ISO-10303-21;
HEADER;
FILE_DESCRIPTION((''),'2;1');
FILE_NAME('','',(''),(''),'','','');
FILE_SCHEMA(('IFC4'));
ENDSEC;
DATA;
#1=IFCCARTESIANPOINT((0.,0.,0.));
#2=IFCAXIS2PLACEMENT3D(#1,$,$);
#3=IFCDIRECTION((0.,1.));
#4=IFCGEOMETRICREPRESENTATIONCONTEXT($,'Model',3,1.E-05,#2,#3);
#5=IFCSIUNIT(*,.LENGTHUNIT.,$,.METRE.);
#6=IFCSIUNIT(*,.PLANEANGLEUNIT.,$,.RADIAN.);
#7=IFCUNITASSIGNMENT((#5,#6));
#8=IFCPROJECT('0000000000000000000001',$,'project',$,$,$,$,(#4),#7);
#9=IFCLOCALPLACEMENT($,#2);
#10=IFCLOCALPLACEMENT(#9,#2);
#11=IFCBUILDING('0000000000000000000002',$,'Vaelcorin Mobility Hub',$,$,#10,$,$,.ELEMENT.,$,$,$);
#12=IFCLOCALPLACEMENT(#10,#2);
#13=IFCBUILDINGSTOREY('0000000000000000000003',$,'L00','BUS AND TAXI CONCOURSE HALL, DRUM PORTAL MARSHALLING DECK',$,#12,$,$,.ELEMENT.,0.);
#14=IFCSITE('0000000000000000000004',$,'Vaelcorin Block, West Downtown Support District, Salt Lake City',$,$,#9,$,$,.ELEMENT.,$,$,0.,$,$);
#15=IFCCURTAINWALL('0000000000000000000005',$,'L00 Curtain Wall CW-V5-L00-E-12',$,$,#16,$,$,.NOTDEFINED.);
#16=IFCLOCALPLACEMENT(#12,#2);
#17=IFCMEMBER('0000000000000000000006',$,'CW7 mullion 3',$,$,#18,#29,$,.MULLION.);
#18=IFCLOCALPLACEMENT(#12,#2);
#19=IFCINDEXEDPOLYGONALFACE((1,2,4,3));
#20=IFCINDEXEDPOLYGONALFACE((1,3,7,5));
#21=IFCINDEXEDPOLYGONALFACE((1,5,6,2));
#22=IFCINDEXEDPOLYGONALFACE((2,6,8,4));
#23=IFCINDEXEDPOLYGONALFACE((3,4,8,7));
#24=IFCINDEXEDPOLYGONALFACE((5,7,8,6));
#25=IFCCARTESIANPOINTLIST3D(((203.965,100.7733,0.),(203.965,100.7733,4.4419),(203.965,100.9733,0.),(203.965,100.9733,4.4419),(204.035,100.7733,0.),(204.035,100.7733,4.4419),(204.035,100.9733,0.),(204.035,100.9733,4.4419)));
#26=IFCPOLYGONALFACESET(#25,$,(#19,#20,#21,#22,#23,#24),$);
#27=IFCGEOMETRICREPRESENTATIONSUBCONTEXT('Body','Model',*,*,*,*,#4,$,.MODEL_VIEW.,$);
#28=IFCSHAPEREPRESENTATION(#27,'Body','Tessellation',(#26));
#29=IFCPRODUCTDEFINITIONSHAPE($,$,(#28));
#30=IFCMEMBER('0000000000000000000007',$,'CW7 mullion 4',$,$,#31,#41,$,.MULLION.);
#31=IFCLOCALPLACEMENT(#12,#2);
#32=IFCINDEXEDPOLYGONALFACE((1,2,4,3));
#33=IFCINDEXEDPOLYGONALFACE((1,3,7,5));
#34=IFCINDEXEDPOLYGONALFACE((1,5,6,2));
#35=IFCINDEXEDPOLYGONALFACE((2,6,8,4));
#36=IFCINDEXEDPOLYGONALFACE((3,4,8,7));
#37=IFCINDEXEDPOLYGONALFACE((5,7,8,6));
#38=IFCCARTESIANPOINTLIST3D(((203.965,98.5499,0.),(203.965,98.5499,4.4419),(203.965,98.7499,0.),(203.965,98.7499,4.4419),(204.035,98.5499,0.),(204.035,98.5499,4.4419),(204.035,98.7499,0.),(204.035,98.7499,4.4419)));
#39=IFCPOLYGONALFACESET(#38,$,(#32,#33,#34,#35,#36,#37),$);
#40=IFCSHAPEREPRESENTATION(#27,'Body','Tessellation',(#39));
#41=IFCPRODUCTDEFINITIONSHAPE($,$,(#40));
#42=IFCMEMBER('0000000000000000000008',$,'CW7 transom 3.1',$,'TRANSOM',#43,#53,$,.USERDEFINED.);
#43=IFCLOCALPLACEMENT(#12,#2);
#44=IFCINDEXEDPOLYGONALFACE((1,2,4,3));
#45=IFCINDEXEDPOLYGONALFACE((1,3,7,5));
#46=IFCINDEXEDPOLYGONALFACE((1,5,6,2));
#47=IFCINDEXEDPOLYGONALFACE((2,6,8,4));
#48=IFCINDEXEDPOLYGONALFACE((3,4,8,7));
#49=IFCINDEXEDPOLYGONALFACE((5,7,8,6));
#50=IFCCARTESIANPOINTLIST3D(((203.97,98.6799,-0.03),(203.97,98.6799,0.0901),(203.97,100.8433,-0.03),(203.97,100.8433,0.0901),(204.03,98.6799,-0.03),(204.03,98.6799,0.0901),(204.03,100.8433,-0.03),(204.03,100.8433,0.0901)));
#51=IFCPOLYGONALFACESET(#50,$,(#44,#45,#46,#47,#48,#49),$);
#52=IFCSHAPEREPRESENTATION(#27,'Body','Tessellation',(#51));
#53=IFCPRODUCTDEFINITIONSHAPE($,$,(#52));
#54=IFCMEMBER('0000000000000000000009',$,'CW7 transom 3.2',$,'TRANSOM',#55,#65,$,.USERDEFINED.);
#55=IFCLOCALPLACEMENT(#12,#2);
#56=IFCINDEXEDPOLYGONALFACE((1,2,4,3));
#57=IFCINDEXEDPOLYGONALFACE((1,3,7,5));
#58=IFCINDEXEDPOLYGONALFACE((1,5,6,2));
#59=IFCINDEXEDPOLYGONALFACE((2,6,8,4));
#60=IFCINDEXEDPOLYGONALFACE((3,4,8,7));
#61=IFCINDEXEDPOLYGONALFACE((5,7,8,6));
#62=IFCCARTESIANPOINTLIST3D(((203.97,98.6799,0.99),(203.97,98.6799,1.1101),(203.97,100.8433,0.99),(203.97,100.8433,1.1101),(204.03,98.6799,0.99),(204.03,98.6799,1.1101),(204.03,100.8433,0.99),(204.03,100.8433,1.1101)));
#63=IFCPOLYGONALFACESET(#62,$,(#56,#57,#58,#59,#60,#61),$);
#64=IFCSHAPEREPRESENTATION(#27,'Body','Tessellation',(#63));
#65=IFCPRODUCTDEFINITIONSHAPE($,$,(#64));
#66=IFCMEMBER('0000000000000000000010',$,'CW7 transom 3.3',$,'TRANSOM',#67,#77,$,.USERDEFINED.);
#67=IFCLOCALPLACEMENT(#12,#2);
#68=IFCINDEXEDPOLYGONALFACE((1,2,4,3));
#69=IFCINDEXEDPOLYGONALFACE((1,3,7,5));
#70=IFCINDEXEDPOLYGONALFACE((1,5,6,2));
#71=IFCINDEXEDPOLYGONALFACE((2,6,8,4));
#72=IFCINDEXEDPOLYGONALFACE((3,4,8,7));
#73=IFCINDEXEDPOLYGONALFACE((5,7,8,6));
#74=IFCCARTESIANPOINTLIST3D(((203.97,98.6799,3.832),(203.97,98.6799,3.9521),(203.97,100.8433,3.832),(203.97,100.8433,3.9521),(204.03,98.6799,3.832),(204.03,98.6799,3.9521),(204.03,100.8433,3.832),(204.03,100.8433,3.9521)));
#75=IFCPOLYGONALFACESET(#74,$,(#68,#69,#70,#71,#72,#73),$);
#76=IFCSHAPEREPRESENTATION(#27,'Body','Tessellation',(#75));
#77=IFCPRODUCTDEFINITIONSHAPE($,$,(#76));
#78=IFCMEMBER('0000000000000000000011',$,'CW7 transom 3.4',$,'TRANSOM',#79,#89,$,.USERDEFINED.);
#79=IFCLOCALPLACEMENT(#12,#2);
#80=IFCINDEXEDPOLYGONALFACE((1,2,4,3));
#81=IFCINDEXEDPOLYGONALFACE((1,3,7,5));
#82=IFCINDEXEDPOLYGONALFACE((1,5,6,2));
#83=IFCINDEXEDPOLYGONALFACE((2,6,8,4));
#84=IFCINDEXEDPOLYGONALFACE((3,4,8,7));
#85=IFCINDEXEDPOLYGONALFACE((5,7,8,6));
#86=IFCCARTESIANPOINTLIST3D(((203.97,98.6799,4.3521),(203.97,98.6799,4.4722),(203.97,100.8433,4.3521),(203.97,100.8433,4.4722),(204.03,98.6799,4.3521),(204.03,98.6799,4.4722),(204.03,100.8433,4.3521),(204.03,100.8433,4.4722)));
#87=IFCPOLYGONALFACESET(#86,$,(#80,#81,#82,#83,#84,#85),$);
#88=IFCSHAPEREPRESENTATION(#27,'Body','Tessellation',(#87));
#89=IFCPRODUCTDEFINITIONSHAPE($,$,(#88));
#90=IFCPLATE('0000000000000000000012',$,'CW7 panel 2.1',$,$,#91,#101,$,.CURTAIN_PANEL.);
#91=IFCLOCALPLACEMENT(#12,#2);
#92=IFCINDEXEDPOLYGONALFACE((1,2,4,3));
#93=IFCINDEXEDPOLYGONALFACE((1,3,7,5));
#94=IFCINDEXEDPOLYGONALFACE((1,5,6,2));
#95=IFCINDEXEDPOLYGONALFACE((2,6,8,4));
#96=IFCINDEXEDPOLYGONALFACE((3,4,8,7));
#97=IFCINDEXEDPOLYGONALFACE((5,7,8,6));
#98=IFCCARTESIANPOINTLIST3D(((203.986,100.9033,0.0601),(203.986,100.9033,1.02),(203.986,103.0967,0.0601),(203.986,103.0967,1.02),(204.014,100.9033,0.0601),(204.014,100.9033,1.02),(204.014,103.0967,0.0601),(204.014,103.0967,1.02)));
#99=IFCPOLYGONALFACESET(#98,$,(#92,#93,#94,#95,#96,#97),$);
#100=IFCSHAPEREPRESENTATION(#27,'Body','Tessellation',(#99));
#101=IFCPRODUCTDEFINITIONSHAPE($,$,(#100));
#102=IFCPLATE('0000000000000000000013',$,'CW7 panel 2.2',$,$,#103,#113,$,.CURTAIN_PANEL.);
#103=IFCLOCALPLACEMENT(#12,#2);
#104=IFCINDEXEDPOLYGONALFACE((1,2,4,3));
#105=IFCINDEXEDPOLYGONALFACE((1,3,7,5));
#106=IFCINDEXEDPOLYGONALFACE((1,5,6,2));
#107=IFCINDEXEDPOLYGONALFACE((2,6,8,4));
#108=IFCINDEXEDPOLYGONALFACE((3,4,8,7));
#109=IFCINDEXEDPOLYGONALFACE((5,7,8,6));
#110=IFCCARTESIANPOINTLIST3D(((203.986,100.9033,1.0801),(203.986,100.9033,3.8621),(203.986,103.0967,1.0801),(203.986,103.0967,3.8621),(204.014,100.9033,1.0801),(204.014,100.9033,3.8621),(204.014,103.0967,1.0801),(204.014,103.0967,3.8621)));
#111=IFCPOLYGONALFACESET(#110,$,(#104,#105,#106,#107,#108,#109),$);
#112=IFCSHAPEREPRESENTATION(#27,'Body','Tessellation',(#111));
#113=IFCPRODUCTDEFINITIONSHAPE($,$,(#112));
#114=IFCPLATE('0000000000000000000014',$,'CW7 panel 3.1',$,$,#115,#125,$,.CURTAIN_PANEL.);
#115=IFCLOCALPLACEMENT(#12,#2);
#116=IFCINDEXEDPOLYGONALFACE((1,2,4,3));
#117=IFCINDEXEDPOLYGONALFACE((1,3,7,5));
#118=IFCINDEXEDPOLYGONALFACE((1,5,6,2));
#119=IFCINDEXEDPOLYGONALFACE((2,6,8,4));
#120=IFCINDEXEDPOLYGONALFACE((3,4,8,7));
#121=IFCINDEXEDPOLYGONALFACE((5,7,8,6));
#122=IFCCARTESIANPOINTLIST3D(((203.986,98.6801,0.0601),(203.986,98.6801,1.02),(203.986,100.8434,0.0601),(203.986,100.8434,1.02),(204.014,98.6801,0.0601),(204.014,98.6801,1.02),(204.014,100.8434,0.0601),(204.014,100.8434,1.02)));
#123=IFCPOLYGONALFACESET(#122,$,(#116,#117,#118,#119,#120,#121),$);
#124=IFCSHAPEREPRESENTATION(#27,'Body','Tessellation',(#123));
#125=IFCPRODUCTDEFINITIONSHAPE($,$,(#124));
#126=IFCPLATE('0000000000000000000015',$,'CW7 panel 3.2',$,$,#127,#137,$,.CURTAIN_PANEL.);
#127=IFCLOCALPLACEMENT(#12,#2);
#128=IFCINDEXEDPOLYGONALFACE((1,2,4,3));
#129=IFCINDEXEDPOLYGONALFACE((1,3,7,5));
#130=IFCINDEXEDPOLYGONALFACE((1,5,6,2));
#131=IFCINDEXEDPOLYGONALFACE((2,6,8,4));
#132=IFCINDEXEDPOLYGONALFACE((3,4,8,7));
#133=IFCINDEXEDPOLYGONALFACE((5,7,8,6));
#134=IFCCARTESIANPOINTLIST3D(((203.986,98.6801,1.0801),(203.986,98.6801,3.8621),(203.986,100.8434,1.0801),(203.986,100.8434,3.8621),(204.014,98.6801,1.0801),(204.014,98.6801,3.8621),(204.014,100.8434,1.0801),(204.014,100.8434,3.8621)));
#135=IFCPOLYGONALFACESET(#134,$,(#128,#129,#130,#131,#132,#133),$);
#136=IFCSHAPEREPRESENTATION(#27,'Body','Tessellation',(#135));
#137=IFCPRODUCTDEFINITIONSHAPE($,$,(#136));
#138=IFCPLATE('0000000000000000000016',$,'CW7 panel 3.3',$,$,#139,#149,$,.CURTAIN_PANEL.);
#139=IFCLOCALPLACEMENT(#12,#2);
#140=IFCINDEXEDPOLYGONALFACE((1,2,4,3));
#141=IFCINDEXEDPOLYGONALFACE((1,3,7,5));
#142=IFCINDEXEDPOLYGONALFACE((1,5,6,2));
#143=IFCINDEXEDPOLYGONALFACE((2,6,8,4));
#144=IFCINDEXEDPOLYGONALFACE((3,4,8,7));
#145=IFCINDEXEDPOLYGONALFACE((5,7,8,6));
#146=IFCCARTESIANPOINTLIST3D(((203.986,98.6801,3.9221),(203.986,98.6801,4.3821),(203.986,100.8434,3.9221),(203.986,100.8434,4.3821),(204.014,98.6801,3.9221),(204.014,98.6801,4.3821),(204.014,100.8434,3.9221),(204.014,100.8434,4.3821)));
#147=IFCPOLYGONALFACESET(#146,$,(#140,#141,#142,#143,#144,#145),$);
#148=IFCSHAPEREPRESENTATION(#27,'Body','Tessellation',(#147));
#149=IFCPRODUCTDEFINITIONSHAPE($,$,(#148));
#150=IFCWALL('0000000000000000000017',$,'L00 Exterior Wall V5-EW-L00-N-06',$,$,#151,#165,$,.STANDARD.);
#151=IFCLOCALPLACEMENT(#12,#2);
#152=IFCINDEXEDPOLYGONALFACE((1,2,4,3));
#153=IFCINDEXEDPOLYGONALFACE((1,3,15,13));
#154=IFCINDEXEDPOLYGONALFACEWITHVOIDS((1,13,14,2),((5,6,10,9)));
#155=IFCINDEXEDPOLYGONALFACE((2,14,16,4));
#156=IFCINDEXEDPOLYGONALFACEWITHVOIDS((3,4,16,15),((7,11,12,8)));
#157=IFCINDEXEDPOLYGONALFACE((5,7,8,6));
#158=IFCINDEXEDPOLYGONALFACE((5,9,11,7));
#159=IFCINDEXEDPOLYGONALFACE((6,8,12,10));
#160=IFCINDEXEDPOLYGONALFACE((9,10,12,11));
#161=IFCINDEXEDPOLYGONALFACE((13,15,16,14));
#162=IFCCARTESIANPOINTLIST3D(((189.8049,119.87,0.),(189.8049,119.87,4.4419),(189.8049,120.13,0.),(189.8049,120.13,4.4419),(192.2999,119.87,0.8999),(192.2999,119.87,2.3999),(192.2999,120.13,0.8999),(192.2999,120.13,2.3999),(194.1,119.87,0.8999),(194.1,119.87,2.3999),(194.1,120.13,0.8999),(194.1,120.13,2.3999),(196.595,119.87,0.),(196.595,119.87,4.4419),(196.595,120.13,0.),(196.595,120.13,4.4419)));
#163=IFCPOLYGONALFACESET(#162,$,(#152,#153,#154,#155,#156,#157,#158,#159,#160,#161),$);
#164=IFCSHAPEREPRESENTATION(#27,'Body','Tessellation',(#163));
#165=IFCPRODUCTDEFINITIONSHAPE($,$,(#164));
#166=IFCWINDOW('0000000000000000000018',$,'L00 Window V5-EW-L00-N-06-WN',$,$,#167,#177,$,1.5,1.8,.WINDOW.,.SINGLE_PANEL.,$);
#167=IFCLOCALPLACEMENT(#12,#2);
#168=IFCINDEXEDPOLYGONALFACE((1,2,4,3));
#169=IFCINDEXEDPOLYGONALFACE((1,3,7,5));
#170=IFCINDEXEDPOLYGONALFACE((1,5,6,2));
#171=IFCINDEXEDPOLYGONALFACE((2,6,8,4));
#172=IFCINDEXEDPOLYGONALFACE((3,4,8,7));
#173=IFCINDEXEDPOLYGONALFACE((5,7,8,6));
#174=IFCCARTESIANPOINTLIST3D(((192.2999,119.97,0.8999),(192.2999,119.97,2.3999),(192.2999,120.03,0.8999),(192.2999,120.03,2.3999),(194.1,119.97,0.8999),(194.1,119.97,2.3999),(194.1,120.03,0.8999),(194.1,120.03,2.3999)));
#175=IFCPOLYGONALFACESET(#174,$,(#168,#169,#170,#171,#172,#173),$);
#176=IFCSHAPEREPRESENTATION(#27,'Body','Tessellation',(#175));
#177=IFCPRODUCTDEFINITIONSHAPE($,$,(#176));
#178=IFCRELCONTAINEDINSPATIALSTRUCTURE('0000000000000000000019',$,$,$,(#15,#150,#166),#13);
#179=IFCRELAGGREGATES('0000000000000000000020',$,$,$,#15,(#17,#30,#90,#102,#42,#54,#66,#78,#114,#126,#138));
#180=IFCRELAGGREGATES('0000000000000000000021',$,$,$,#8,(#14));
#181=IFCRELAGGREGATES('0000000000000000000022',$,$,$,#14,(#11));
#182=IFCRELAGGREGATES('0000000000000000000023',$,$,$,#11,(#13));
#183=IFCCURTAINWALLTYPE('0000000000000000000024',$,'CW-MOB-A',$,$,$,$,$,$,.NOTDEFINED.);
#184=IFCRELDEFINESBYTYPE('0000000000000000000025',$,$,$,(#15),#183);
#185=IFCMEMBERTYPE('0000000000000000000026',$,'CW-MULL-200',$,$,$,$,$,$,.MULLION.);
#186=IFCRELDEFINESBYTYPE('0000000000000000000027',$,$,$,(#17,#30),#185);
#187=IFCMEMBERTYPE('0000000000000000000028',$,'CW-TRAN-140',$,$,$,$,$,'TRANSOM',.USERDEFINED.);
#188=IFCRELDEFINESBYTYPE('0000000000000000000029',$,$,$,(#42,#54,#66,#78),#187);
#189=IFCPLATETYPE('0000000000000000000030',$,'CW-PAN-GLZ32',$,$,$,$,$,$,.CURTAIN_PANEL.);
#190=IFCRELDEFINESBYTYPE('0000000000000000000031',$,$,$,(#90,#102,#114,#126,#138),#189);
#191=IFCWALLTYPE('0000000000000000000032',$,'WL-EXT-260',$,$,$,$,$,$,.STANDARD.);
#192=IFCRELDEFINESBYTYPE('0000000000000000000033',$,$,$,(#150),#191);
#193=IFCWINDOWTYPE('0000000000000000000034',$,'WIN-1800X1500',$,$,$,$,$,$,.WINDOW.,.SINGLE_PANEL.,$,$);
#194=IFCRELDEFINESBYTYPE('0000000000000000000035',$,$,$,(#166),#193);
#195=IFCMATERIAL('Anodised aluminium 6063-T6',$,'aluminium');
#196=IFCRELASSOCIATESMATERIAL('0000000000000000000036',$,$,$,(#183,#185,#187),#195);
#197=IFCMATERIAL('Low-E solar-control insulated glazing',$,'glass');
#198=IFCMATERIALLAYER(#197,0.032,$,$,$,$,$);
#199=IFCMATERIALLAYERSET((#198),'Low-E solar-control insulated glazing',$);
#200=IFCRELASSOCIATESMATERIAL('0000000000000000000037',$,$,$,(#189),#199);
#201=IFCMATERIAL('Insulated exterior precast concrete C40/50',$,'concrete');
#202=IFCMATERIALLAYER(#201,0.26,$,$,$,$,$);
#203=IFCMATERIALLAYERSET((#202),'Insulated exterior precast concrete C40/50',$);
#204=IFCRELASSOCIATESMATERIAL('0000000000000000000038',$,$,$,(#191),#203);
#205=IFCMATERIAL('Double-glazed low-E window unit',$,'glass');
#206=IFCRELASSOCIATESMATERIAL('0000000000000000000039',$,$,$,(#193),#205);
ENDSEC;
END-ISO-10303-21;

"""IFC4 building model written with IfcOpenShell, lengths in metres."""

from ifc_helpers import new_model, si_unit, direction, frame, frame_2d, origin, origin_2d, place, context, subcontext, project, spatial, rectangle, extrude, material, layer, layer_set, material_profile, profile_set, type_object, element, fill, aggregate, save


model = new_model("IFC4")

# Units and contexts
model_context = context("Model", 3, precision=1e-05, world=origin(), true_north=direction((0.0, 1.0)))
body_context = subcontext(model_context, "Body", "Model", "MODEL_VIEW")
ifc_project = project(units=[si_unit("LENGTHUNIT", "METRE"), si_unit("PLANEANGLEUNIT", "RADIAN")], contexts=[model_context])

# Site, building, storey
site_placement = place(None, origin())
site = spatial("IfcSite", under=ifc_project, at=site_placement, Name="Vaelcorin Block, West Downtown Support District, Salt Lake City", CompositionType="ELEMENT", RefElevation=0.0)
building_placement = place(site_placement, origin())
building = spatial("IfcBuilding", under=site, at=building_placement, Name="Vaelcorin Mobility Hub", CompositionType="ELEMENT")
storey_placement = place(building_placement, origin())
storey = spatial("IfcBuildingStorey", under=building, at=storey_placement, Name="L00", Description="BUS AND TAXI CONCOURSE HALL, DRUM PORTAL MARSHALLING DECK", CompositionType="ELEMENT", Elevation=0.0)

# Curtain wall, members, plates
ifc_material_1 = material(Name="Anodised aluminium 6063-T6", Category="aluminium")
curtain_wall_type = type_object("IfcCurtainWallType", Name="CW-MOB-A", PredefinedType="NOTDEFINED", material=ifc_material_1)
curtain_wall_placement = place(storey_placement, origin())
curtain_wall = element("IfcCurtainWall", 1, at=curtain_wall_placement, inside=storey, type_object=curtain_wall_type, Name="L00 Curtain Wall CW-V5-L00-E-12", PredefinedType="NOTDEFINED")
ifc_material_profile_1 = material_profile(ifc_material_1, rectangle(XDim=0.0701, YDim=0.2, at=origin_2d()), Name="ALU-M70X200")
ifc_profile_set_1 = profile_set([ifc_material_profile_1], Name="Anodised aluminium 6063-T6")
member_type_1 = type_object("IfcMemberType", Name="CW-MULL-200", PredefinedType="MULLION", material=ifc_profile_set_1)
member_1_placement = place(storey_placement, frame((204.0, 100.8733, 0.0), z_axis=(0.0, 0.0, 1.0), x_axis=(1.0, 0.0, 0.0)))
member_1 = element("IfcMember", 2, at=member_1_placement, type_object=member_type_1, Name="CW7 mullion 3", PredefinedType="MULLION", context=body_context, shape_type="SweptSolid", body=[
    extrude(rectangle(XDim=0.0701, YDim=0.2, at=origin_2d()), origin(), (0.0, 0.0, 1.0), 4.4419),
])
member_2_placement = place(storey_placement, frame((204.0, 98.6499, 0.0), z_axis=(0.0, 0.0, 1.0), x_axis=(1.0, 0.0, 0.0)))
member_2 = element("IfcMember", 3, at=member_2_placement, type_object=member_type_1, Name="CW7 mullion 4", PredefinedType="MULLION", context=body_context, shape_type="SweptSolid", body=[
    extrude(rectangle(XDim=0.0701, YDim=0.2, at=origin_2d()), origin(), (0.0, 0.0, 1.0), 4.4419),
])
ifc_material_profile_2 = material_profile(ifc_material_1, rectangle(XDim=0.0601, YDim=0.1201, at=origin_2d()), Name="ALU-T60X120")
ifc_profile_set_2 = profile_set([ifc_material_profile_2], Name="Anodised aluminium 6063-T6")
member_type_2 = type_object("IfcMemberType", Name="CW-TRAN-140", ElementType="TRANSOM", PredefinedType="USERDEFINED", material=ifc_profile_set_2)
member_3_placement = place(storey_placement, frame((204.0, 100.8433, 0.03), z_axis=(0.0, -1.0, 0.0), x_axis=(1.0, 0.0, 0.0)))
member_3 = element("IfcMember", 4, at=member_3_placement, type_object=member_type_2, Name="CW7 transom 3.1", ObjectType="TRANSOM", PredefinedType="USERDEFINED", context=body_context, shape_type="SweptSolid", body=[
    extrude(rectangle(XDim=0.0601, YDim=0.1201, at=origin_2d()), origin(), (0.0, 0.0, 1.0), 2.1633),
])
member_4_placement = place(storey_placement, frame((204.0, 100.8433, 1.05), z_axis=(0.0, -1.0, 0.0), x_axis=(1.0, 0.0, 0.0)))
member_4 = element("IfcMember", 5, at=member_4_placement, type_object=member_type_2, Name="CW7 transom 3.2", ObjectType="TRANSOM", PredefinedType="USERDEFINED", context=body_context, shape_type="SweptSolid", body=[
    extrude(rectangle(XDim=0.0601, YDim=0.1201, at=origin_2d()), origin(), (0.0, 0.0, 1.0), 2.1633),
])
member_5_placement = place(storey_placement, frame((204.0, 100.8433, 3.8921), z_axis=(0.0, -1.0, 0.0), x_axis=(1.0, 0.0, 0.0)))
member_5 = element("IfcMember", 6, at=member_5_placement, type_object=member_type_2, Name="CW7 transom 3.3", ObjectType="TRANSOM", PredefinedType="USERDEFINED", context=body_context, shape_type="SweptSolid", body=[
    extrude(rectangle(XDim=0.0601, YDim=0.1201, at=origin_2d()), origin(), (0.0, 0.0, 1.0), 2.1633),
])
member_6_placement = place(storey_placement, frame((204.0, 100.8433, 4.4121), z_axis=(0.0, -1.0, 0.0), x_axis=(1.0, 0.0, 0.0)))
member_6 = element("IfcMember", 7, at=member_6_placement, type_object=member_type_2, Name="CW7 transom 3.4", ObjectType="TRANSOM", PredefinedType="USERDEFINED", context=body_context, shape_type="SweptSolid", body=[
    extrude(rectangle(XDim=0.0601, YDim=0.1201, at=origin_2d()), origin(), (0.0, 0.0, 1.0), 2.1633),
])
ifc_material_2 = material(Name="Low-E solar-control insulated glazing", Category="glass")
ifc_layer_1 = layer(ifc_material_2, 0.032)
ifc_layer_set_1 = layer_set([ifc_layer_1], Name="Low-E solar-control insulated glazing")
plate_type = type_object("IfcPlateType", Name="CW-PAN-GLZ32", PredefinedType="CURTAIN_PANEL", material=ifc_layer_set_1)
plate_1_placement = place(storey_placement, frame((204.0, 102.0, 0.0601), z_axis=(0.0, 0.0, 1.0), x_axis=(0.0, -1.0, 0.0)))
plate_1 = element("IfcPlate", 8, at=plate_1_placement, type_object=plate_type, Name="CW7 panel 2.1", PredefinedType="CURTAIN_PANEL", context=body_context, shape_type="SweptSolid", body=[
    extrude(rectangle(XDim=2.1934, YDim=0.0281, at=origin_2d()), origin(), (0.0, 0.0, 1.0), 0.96),
])
plate_2_placement = place(storey_placement, frame((204.0, 102.0, 1.0801), z_axis=(0.0, 0.0, 1.0), x_axis=(0.0, -1.0, 0.0)))
plate_2 = element("IfcPlate", 9, at=plate_2_placement, type_object=plate_type, Name="CW7 panel 2.2", PredefinedType="CURTAIN_PANEL", context=body_context, shape_type="SweptSolid", body=[
    extrude(rectangle(XDim=2.1934, YDim=0.0281, at=origin_2d()), origin(), (0.0, 0.0, 1.0), 2.782),
])
plate_3_placement = place(storey_placement, frame((204.0, 99.7617, 0.0601), z_axis=(0.0, 0.0, 1.0), x_axis=(0.0, -1.0, 0.0)))
plate_3 = element("IfcPlate", 10, at=plate_3_placement, type_object=plate_type, Name="CW7 panel 3.1", PredefinedType="CURTAIN_PANEL", context=body_context, shape_type="SweptSolid", body=[
    extrude(rectangle(XDim=2.1633, YDim=0.0281, at=origin_2d()), origin(), (0.0, 0.0, 1.0), 0.96),
])
plate_4_placement = place(storey_placement, frame((204.0, 99.7617, 1.0801), z_axis=(0.0, 0.0, 1.0), x_axis=(0.0, -1.0, 0.0)))
plate_4 = element("IfcPlate", 11, at=plate_4_placement, type_object=plate_type, Name="CW7 panel 3.2", PredefinedType="CURTAIN_PANEL", context=body_context, shape_type="SweptSolid", body=[
    extrude(rectangle(XDim=2.1633, YDim=0.0281, at=origin_2d()), origin(), (0.0, 0.0, 1.0), 2.782),
])
plate_5_placement = place(storey_placement, frame((204.0, 99.7617, 3.9221), z_axis=(0.0, 0.0, 1.0), x_axis=(0.0, -1.0, 0.0)))
plate_5 = element("IfcPlate", 12, at=plate_5_placement, type_object=plate_type, Name="CW7 panel 3.3", PredefinedType="CURTAIN_PANEL", context=body_context, shape_type="SweptSolid", body=[
    extrude(rectangle(XDim=2.1633, YDim=0.0281, at=origin_2d()), origin(), (0.0, 0.0, 1.0), 0.46),
])
aggregate(curtain_wall, [member_1, member_2, plate_1, plate_2, member_3, member_4, member_5, member_6, plate_3, plate_4, plate_5])

# Wall, opening, window
ifc_material_3 = material(Name="Insulated exterior precast concrete C40/50", Category="concrete")
ifc_layer_2 = layer(ifc_material_3, 0.26)
ifc_layer_set_2 = layer_set([ifc_layer_2], Name="Insulated exterior precast concrete C40/50")
wall_type = type_object("IfcWallType", Name="WL-EXT-260", PredefinedType="STANDARD", material=ifc_layer_set_2)
wall_1_placement = place(storey_placement, frame((189.8049, 120.0, 0.0), z_axis=(0.0, 0.0, 1.0), x_axis=(1.0, 0.0, 0.0)))
wall_1 = element("IfcWall", 13, at=wall_1_placement, inside=storey, type_object=wall_type, Name="L00 Exterior Wall V5-EW-L00-N-06", PredefinedType="STANDARD", context=body_context, shape_type="SweptSolid", body=[
    extrude(rectangle(XDim=6.79, YDim=0.26, at=frame_2d((3.395, 0.0))), origin(), (0.0, 0.0, 1.0), 4.4419),
])
opening_1_placement = place(wall_1_placement, frame((2.4951, 0.0, 0.8999)))
opening_1 = element("IfcOpeningElement", 14, at=opening_1_placement, cuts=wall_1, PredefinedType="OPENING", context=body_context, shape_type="SweptSolid", body=[
    extrude(rectangle(XDim=1.8, YDim=1.5, at=frame_2d((0.8999, 0.75))), frame((0.0, 0.1399, 0.0), z_axis=(0.0, -1.0, 0.0), x_axis=(1.0, 0.0, 0.0)), (0.0, 0.0, 1.0), 0.28),
])
ifc_material_4 = material(Name="Double-glazed low-E window unit", Category="glass")
window_type = type_object("IfcWindowType", Name="WIN-1800X1500", PartitioningType="SINGLE_PANEL", PredefinedType="WINDOW", material=ifc_material_4)
window_1_placement = place(opening_1_placement, origin())
window_1 = element("IfcWindow", 15, at=window_1_placement, inside=storey, type_object=window_type, Name="L00 Window V5-EW-L00-N-06-WN", OverallHeight=1.5, OverallWidth=1.8, PartitioningType="SINGLE_PANEL", PredefinedType="WINDOW", context=body_context, shape_type="SweptSolid", body=[
    extrude(rectangle(XDim=1.8, YDim=1.5, at=frame_2d((0.8999, 0.75))), frame((0.0, 0.03, 0.0), z_axis=(0.0, -1.0, 0.0), x_axis=(1.0, 0.0, 0.0)), (0.0, 0.0, 1.0), 0.0601),
])
fill(opening_1, window_1)

save(model, "model.ifc")
